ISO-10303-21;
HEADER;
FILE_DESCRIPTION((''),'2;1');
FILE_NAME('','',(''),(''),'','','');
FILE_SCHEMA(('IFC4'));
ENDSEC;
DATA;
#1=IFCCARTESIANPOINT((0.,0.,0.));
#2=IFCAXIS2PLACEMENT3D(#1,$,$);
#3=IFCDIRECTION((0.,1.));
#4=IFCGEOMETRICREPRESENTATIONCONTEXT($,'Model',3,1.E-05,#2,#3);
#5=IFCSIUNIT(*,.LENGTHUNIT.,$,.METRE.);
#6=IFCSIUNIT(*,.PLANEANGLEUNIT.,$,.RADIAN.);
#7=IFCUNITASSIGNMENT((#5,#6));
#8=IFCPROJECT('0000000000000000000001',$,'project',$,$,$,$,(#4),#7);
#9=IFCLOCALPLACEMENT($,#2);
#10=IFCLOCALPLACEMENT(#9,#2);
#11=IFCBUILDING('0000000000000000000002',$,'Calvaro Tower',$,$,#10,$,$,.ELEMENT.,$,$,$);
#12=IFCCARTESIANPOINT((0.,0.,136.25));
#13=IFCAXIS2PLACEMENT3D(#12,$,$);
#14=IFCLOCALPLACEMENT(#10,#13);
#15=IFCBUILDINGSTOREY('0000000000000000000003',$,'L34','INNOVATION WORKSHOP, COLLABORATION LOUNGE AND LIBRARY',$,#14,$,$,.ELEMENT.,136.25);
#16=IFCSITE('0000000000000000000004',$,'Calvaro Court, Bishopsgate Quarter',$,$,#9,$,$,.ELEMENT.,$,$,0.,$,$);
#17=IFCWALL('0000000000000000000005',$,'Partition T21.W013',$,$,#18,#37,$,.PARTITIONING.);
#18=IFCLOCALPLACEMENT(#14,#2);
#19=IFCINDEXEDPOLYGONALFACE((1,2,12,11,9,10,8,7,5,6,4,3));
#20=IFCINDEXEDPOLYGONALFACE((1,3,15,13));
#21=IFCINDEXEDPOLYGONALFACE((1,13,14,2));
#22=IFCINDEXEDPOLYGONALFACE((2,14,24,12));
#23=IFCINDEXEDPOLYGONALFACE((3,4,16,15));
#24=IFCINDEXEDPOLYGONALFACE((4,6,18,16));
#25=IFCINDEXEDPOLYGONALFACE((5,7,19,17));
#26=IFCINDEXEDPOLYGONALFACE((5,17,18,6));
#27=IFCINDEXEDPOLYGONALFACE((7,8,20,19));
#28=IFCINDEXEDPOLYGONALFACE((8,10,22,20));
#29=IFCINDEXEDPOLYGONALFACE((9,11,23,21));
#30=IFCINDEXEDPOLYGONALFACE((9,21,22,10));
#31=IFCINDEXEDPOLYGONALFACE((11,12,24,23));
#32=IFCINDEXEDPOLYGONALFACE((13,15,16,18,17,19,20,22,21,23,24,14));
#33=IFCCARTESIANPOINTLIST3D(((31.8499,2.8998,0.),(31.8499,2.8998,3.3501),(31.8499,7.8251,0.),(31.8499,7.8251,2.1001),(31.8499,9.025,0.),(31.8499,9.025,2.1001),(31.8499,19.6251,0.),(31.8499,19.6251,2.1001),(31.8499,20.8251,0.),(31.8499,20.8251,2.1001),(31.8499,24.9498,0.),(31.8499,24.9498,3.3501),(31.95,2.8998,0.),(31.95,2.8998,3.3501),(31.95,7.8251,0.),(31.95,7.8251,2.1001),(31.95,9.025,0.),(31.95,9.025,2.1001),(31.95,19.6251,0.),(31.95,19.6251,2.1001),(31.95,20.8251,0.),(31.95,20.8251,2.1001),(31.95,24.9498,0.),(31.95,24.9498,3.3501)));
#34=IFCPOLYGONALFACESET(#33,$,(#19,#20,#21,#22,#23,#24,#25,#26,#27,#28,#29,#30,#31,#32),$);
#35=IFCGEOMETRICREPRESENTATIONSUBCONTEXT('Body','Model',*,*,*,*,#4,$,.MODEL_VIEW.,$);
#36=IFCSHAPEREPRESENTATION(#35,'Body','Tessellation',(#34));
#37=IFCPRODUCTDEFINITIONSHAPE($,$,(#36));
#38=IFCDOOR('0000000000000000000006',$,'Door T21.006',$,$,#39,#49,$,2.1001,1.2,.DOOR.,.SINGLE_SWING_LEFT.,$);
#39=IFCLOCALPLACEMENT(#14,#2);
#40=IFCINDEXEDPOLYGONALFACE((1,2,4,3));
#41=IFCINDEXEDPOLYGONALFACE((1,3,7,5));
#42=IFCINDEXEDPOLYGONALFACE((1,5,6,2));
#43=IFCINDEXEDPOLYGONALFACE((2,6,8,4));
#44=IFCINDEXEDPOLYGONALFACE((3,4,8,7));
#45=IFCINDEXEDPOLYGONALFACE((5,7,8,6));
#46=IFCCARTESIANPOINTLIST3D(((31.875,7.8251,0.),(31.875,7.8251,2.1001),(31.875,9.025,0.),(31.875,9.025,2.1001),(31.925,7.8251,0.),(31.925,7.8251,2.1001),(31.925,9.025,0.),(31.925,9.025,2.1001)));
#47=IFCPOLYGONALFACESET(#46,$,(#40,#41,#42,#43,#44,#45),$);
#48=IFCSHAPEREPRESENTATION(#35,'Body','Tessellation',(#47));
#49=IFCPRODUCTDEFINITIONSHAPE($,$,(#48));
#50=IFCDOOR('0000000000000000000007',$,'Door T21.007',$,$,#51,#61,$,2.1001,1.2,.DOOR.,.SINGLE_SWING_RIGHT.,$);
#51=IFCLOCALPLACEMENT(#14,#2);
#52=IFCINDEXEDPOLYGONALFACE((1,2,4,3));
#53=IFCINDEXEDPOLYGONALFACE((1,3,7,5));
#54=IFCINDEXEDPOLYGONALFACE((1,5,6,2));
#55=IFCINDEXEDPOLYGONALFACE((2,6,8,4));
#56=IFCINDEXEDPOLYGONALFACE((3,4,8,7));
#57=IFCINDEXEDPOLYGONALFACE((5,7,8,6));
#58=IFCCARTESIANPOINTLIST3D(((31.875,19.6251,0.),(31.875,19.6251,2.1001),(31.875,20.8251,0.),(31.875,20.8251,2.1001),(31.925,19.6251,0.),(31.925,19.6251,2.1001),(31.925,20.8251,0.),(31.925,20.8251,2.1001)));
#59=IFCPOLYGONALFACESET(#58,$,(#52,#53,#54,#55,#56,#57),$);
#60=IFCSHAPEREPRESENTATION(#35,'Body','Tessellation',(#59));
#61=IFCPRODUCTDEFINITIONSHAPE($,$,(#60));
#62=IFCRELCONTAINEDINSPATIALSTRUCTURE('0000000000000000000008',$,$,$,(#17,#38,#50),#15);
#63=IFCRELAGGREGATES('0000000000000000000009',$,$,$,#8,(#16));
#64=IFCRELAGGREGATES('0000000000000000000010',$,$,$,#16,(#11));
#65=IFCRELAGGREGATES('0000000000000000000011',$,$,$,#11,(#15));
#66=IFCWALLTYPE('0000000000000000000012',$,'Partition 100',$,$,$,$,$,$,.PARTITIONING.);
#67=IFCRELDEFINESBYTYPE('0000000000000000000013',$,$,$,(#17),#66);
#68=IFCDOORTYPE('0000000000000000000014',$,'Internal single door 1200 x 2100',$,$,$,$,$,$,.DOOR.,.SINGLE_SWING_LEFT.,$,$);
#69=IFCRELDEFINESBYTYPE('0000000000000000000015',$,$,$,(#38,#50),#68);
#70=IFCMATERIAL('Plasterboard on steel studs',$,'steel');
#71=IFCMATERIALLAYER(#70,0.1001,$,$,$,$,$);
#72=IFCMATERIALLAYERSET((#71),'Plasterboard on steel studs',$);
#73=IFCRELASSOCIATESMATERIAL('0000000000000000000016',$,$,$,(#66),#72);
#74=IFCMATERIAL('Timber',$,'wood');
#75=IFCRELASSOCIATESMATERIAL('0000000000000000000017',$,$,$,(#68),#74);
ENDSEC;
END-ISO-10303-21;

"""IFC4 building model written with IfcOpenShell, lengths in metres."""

from ifc_helpers import new_model, si_unit, direction, frame, frame_2d, origin, place, context, subcontext, project, spatial, rectangle, extrude, material, layer, layer_set, type_object, element, fill, save


model = new_model("IFC4")

# Units and contexts
model_context = context("Model", 3, precision=1e-05, world=origin(), true_north=direction((0.0, 1.0)))
body_context = subcontext(model_context, "Body", "Model", "MODEL_VIEW")
ifc_project = project(units=[si_unit("LENGTHUNIT", "METRE"), si_unit("PLANEANGLEUNIT", "RADIAN")], contexts=[model_context])

# Site, building, storey
site_placement = place(None, origin())
site = spatial("IfcSite", under=ifc_project, at=site_placement, Name="Calvaro Court, Bishopsgate Quarter", CompositionType="ELEMENT", RefElevation=0.0)
building_placement = place(site_placement, origin())
building = spatial("IfcBuilding", under=site, at=building_placement, Name="Calvaro Tower", CompositionType="ELEMENT")
storey_placement = place(building_placement, frame((0.0, 0.0, 136.25)))
storey = spatial("IfcBuildingStorey", under=building, at=storey_placement, Name="L34", Description="INNOVATION WORKSHOP, COLLABORATION LOUNGE AND LIBRARY", CompositionType="ELEMENT", Elevation=136.25)

# Shared definitions
ifc_material_1 = material(Name="Plasterboard on steel studs", Category="steel")
ifc_layer_1 = layer(ifc_material_1, 0.1001)
ifc_layer_set_1 = layer_set([ifc_layer_1], Name="Plasterboard on steel studs")
wall_type_1 = type_object("IfcWallType", Name="Partition 100", PredefinedType="PARTITIONING", material=ifc_layer_set_1)

# Shared definitions
ifc_material_2 = material(Name="Timber", Category="wood")
door_type_1 = type_object("IfcDoorType", Name="Internal single door 1200 x 2100", OperationType="SINGLE_SWING_LEFT", PredefinedType="DOOR", material=ifc_material_2)

# Wall, openings, doors
wall_1_placement = place(storey_placement, frame((31.8999, 2.8999, 0.0), z_axis=(0.0, 0.0, 1.0), x_axis=(0.0, 1.0, 0.0)))
wall_1 = element("IfcWall", 1, at=wall_1_placement, inside=storey, type_object=wall_type_1, Name="Partition T21.W013", PredefinedType="PARTITIONING", context=body_context, shape_type="SweptSolid", body=[
    extrude(rectangle(XDim=22.05, YDim=0.1001, at=frame_2d((11.0249, 0.0))), origin(), (0.0, 0.0, 1.0), 3.3501),
])
opening_1_placement = place(wall_1_placement, frame((4.925, 0.0, 0.0)))
opening_1 = element("IfcOpeningElement", 2, at=opening_1_placement, cuts=wall_1, PredefinedType="OPENING", context=body_context, shape_type="SweptSolid", body=[
    extrude(rectangle(XDim=1.2, YDim=2.1001, at=frame_2d((0.6001, 1.05))), frame((0.0, 0.0601, 0.0), z_axis=(0.0, -1.0, 0.0), x_axis=(1.0, 0.0, 0.0)), (0.0, 0.0, 1.0), 0.1201),
])
opening_2_placement = place(wall_1_placement, frame((16.7251, 0.0, 0.0)))
opening_2 = element("IfcOpeningElement", 3, at=opening_2_placement, cuts=wall_1, PredefinedType="OPENING", context=body_context, shape_type="SweptSolid", body=[
    extrude(rectangle(XDim=1.2, YDim=2.1001, at=frame_2d((0.6001, 1.05))), frame((0.0, 0.0601, 0.0), z_axis=(0.0, -1.0, 0.0), x_axis=(1.0, 0.0, 0.0)), (0.0, 0.0, 1.0), 0.1201),
])
door_1_placement = place(opening_1_placement, origin())
door_1 = element("IfcDoor", 4, at=door_1_placement, inside=storey, type_object=door_type_1, Name="Door T21.006", OperationType="SINGLE_SWING_LEFT", OverallHeight=2.1001, OverallWidth=1.2, PredefinedType="DOOR", context=body_context, shape_type="SweptSolid", body=[
    extrude(rectangle(XDim=1.2, YDim=2.1001, at=frame_2d((0.6001, 1.05))), frame((0.0, 0.0249, 0.0), z_axis=(0.0, -1.0, 0.0), x_axis=(1.0, 0.0, 0.0)), (0.0, 0.0, 1.0), 0.05),
])
fill(opening_1, door_1)
door_2_placement = place(opening_2_placement, origin())
door_2 = element("IfcDoor", 5, at=door_2_placement, inside=storey, type_object=door_type_1, Name="Door T21.007", OperationType="SINGLE_SWING_RIGHT", OverallHeight=2.1001, OverallWidth=1.2, PredefinedType="DOOR", context=body_context, shape_type="SweptSolid", body=[
    extrude(rectangle(XDim=1.2, YDim=2.1001, at=frame_2d((0.6001, 1.05))), frame((0.0, 0.0249, 0.0), z_axis=(0.0, -1.0, 0.0), x_axis=(1.0, 0.0, 0.0)), (0.0, 0.0, 1.0), 0.05),
])
fill(opening_2, door_2)

save(model, "model.ifc")
